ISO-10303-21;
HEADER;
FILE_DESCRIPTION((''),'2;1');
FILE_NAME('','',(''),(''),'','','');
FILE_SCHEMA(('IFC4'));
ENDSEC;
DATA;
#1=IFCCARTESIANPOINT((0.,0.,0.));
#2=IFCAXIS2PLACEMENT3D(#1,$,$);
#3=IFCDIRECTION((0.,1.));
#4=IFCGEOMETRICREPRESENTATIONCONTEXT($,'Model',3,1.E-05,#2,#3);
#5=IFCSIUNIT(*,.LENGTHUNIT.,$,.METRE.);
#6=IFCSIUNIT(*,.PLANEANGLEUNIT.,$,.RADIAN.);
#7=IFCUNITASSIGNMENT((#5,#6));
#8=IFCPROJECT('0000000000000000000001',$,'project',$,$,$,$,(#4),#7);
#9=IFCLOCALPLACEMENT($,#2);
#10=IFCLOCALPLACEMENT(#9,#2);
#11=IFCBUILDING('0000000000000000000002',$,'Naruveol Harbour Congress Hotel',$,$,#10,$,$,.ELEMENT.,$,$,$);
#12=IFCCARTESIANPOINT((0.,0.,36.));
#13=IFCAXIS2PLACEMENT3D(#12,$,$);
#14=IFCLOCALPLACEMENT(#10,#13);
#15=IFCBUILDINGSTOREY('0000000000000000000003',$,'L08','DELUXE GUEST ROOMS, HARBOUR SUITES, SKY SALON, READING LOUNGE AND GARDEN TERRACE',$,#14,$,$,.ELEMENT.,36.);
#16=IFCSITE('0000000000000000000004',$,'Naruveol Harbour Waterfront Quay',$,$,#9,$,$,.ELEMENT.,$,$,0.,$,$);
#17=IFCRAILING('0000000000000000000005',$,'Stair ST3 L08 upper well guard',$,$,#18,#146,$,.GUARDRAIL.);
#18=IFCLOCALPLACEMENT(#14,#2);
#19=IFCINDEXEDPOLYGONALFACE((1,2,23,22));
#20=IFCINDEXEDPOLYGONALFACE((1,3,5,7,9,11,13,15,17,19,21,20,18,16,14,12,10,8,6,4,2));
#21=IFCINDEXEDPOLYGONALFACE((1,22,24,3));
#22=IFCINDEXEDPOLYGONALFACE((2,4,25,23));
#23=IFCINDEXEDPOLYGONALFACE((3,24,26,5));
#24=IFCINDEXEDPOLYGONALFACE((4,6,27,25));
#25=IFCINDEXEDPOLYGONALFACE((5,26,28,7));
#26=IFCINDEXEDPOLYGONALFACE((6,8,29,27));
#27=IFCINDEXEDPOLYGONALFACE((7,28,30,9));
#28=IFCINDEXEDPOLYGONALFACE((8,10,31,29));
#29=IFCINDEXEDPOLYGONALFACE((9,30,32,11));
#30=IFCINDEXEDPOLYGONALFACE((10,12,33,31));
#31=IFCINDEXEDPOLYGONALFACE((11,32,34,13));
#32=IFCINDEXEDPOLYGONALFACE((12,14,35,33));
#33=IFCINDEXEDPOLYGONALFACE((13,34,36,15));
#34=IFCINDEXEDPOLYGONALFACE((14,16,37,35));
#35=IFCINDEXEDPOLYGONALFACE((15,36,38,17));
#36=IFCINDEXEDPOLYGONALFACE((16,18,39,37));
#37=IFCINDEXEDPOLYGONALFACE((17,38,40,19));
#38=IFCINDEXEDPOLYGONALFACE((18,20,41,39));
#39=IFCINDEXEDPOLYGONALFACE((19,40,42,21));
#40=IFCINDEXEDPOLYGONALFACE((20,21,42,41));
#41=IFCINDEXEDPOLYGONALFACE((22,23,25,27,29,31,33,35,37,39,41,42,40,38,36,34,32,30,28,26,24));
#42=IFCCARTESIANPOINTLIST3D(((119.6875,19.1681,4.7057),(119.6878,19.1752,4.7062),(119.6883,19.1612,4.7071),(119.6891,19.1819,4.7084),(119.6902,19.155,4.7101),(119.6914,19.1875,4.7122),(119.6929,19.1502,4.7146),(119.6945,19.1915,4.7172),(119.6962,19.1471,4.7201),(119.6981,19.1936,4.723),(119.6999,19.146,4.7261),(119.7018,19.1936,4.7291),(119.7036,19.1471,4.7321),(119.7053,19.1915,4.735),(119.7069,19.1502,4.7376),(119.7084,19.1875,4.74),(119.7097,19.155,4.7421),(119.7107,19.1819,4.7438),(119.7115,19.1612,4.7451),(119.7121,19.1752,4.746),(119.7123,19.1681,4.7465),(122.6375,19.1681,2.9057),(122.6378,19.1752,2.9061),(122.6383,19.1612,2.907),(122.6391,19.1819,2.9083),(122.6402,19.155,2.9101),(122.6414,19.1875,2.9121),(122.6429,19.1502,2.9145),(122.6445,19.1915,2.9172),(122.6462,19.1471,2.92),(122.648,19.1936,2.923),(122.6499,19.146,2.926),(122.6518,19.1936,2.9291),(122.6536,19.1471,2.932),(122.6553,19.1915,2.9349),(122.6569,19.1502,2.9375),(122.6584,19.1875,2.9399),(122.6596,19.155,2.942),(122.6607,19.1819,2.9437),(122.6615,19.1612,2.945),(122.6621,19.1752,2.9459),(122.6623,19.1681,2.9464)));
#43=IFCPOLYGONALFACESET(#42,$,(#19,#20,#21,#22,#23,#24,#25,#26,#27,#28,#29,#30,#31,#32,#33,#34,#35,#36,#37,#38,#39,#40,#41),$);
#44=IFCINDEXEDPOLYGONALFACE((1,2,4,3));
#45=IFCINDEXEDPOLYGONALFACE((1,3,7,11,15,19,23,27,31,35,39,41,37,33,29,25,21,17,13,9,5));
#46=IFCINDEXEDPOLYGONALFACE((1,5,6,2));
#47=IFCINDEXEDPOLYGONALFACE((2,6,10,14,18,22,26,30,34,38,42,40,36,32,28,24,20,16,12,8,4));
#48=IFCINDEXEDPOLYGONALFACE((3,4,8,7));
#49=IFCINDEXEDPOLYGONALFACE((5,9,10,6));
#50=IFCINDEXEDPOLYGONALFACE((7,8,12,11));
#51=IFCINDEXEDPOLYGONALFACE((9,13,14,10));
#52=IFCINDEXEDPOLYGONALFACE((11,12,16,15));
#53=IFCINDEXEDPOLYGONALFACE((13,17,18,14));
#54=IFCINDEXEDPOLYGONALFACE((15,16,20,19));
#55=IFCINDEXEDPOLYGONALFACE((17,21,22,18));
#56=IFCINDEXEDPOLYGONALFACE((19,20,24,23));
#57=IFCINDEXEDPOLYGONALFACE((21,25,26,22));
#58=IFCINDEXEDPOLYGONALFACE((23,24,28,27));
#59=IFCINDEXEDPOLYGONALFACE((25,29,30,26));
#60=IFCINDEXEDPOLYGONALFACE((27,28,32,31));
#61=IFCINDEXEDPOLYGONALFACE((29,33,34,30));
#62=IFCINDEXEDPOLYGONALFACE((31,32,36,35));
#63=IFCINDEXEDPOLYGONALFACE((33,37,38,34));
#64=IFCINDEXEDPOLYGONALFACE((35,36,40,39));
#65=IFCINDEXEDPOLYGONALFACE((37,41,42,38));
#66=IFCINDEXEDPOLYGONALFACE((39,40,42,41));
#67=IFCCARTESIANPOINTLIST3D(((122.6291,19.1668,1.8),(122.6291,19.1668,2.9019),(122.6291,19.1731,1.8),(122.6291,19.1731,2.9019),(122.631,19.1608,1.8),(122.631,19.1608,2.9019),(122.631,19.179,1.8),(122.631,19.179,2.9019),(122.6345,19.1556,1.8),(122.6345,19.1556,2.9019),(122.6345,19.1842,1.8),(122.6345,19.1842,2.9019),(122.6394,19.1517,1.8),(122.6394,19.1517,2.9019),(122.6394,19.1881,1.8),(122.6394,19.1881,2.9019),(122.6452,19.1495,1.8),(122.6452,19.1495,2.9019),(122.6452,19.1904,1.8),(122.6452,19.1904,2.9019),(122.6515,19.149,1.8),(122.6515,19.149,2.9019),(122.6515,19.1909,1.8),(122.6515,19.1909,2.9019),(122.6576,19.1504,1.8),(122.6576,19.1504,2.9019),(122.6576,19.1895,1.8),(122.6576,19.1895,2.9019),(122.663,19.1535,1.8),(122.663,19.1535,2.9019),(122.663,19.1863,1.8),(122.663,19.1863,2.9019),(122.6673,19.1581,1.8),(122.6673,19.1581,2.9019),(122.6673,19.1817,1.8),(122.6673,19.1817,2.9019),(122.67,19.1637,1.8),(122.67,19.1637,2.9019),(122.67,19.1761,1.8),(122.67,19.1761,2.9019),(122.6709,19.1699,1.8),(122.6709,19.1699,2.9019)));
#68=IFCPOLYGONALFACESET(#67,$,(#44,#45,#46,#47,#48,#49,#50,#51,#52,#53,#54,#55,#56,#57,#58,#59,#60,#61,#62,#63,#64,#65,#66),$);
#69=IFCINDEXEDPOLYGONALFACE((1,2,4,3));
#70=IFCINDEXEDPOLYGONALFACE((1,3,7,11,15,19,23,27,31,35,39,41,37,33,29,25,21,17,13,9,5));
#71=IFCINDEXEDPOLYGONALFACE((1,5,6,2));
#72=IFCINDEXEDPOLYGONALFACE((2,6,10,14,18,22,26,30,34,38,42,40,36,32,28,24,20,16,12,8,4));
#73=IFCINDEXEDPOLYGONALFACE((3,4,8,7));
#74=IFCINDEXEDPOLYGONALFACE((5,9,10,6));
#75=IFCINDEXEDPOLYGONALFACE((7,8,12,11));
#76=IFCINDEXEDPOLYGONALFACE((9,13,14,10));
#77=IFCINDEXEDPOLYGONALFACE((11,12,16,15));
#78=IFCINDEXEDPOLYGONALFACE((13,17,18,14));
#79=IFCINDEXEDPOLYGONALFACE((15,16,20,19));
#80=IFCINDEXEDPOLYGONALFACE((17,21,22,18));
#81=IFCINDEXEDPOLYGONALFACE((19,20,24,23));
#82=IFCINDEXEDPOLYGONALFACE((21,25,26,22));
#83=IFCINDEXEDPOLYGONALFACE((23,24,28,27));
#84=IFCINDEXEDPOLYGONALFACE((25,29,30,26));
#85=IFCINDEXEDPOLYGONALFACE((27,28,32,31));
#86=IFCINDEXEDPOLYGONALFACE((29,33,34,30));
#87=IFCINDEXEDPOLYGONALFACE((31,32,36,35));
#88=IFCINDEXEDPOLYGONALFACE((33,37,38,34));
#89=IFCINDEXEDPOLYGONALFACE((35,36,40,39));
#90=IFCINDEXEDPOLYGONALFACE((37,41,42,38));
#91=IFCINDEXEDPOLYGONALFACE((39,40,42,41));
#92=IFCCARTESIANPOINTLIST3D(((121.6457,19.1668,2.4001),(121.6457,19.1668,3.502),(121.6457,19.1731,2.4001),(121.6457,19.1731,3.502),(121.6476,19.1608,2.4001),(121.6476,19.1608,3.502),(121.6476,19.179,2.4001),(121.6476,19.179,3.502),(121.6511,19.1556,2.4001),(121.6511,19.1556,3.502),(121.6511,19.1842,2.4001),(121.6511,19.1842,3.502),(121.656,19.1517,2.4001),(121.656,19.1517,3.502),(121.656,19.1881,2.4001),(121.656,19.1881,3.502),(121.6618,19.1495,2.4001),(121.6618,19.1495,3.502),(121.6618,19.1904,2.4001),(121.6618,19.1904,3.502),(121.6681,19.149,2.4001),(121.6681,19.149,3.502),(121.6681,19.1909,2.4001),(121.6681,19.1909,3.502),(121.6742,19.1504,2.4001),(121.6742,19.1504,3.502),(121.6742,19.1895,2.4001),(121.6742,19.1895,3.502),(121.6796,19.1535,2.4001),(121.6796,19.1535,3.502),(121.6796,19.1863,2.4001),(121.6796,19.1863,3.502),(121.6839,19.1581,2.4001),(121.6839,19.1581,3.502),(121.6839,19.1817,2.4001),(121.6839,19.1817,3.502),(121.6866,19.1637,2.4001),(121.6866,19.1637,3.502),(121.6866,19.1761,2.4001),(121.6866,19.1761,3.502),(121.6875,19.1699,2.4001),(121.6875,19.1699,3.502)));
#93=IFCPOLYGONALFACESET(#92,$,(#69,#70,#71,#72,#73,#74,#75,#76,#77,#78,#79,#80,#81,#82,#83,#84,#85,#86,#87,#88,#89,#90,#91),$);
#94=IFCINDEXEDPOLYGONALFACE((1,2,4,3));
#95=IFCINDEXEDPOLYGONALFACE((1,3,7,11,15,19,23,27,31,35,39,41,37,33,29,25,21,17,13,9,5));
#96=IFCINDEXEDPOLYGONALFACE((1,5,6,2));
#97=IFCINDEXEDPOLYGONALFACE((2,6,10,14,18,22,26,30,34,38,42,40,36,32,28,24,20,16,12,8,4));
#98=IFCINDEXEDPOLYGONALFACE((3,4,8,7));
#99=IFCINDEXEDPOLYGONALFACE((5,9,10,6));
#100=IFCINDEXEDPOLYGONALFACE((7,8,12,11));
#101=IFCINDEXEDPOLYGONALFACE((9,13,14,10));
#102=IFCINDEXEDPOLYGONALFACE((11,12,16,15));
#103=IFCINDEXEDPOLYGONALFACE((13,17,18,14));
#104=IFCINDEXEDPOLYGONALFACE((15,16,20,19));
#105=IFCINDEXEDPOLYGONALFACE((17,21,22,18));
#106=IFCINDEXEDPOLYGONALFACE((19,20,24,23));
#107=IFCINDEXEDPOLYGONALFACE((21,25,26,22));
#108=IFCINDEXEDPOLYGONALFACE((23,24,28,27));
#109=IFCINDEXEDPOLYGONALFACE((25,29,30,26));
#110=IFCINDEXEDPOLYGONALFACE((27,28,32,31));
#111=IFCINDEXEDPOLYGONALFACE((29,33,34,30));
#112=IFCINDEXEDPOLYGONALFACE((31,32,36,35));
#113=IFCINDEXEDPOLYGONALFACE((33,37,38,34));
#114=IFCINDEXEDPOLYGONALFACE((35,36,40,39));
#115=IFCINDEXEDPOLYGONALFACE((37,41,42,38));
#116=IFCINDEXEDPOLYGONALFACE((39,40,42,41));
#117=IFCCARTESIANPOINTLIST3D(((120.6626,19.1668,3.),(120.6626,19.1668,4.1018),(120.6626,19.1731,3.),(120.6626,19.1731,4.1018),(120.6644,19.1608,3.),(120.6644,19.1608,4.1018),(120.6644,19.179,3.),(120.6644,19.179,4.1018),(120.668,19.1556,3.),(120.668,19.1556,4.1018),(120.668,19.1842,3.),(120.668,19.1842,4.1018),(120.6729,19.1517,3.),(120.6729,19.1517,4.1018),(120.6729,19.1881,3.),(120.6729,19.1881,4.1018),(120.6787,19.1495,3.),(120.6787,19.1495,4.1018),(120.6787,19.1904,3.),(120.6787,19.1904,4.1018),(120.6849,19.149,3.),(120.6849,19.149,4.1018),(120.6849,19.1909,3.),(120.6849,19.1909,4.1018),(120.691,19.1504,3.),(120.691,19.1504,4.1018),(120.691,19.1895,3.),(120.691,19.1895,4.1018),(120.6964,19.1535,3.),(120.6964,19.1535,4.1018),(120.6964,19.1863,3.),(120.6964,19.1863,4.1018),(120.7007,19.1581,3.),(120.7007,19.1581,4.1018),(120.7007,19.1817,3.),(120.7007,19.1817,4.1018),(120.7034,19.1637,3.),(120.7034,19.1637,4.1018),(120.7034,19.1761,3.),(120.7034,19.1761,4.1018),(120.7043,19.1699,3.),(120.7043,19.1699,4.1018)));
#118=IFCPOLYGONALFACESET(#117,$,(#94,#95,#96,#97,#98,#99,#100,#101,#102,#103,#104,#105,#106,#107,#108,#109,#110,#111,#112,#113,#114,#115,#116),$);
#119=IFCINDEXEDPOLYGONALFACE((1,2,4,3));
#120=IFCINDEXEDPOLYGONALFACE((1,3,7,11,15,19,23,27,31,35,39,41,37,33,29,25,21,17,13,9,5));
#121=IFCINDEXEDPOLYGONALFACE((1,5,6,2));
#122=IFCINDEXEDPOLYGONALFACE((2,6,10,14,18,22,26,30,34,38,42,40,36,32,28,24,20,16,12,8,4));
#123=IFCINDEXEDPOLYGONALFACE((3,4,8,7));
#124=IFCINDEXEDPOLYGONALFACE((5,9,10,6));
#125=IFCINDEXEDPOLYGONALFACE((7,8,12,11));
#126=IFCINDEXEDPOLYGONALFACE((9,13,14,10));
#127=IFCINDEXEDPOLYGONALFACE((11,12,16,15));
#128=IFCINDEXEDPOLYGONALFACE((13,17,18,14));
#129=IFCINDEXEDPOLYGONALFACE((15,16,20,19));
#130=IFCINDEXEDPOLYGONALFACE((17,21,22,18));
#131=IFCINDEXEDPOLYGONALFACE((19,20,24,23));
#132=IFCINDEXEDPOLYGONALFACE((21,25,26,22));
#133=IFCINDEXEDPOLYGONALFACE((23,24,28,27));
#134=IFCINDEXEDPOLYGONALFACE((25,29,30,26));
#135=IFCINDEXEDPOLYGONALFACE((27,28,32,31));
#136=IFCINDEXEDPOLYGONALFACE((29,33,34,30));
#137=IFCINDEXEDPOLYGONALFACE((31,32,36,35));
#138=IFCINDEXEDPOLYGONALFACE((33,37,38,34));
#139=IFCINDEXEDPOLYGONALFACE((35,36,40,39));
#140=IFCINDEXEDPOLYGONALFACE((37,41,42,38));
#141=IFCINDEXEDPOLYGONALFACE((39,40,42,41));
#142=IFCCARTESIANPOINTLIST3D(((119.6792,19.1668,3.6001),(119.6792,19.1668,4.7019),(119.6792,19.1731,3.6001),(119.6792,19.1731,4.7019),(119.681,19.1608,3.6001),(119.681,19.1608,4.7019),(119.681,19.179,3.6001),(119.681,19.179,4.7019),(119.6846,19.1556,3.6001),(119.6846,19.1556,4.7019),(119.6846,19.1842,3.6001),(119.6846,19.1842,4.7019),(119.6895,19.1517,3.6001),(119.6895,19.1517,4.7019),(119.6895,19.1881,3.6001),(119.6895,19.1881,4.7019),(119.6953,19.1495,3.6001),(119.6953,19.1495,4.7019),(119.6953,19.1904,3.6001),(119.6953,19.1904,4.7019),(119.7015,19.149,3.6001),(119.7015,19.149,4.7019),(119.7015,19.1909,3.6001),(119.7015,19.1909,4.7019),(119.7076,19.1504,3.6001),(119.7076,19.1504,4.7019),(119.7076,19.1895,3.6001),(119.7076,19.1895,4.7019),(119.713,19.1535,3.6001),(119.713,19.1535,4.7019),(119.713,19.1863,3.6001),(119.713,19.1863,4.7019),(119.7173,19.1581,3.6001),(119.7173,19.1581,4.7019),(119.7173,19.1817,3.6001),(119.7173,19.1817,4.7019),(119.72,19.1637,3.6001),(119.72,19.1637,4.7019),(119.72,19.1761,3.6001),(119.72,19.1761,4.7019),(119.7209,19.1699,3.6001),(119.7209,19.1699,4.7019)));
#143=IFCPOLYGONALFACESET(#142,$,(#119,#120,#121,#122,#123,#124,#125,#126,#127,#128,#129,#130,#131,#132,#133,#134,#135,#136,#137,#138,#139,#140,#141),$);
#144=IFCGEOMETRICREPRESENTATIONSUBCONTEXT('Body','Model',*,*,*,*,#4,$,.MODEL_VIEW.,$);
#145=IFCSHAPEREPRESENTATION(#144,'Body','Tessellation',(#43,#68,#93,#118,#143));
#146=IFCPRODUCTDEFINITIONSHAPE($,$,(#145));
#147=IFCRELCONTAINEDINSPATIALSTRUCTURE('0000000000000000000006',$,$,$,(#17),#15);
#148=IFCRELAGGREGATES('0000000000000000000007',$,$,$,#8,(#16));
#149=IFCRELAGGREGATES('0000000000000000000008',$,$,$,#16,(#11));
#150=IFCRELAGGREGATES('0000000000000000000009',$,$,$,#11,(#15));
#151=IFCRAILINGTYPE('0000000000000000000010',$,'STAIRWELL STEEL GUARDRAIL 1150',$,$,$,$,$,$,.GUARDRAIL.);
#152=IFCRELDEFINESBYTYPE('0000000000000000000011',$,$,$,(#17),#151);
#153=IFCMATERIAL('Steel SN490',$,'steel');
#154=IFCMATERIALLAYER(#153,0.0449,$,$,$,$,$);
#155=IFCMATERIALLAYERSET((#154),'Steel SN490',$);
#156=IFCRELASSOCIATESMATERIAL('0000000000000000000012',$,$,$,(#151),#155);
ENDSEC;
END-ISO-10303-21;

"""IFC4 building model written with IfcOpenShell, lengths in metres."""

from ifc_helpers import new_model, si_unit, direction, frame, origin, origin_2d, place, context, subcontext, project, spatial, circle, extrude, material, layer, layer_set, type_object, element, save


model = new_model("IFC4")

# Units and contexts
model_context = context("Model", 3, precision=1e-05, world=origin(), true_north=direction((0.0, 1.0)))
body_context = subcontext(model_context, "Body", "Model", "MODEL_VIEW")
ifc_project = project(units=[si_unit("LENGTHUNIT", "METRE"), si_unit("PLANEANGLEUNIT", "RADIAN")], contexts=[model_context])

# Site, building, storey
site_placement = place(None, origin())
site = spatial("IfcSite", under=ifc_project, at=site_placement, Name="Naruveol Harbour Waterfront Quay", CompositionType="ELEMENT", RefElevation=0.0)
building_placement = place(site_placement, origin())
building = spatial("IfcBuilding", under=site, at=building_placement, Name="Naruveol Harbour Congress Hotel", CompositionType="ELEMENT")
storey_placement = place(building_placement, frame((0.0, 0.0, 36.0)))
storey = spatial("IfcBuildingStorey", under=building, at=storey_placement, Name="L08", Description="DELUXE GUEST ROOMS, HARBOUR SUITES, SKY SALON, READING LOUNGE AND GARDEN TERRACE", CompositionType="ELEMENT", Elevation=36.0)

# Railing
ifc_material_1 = material(Name="Steel SN490", Category="steel")
ifc_layer_1 = layer(ifc_material_1, 0.0449)
ifc_layer_set_1 = layer_set([ifc_layer_1], Name="Steel SN490")
railing_type_1 = type_object("IfcRailingType", Name="STAIRWELL STEEL GUARDRAIL 1150", PredefinedType="GUARDRAIL", material=ifc_layer_set_1)
railing_1_placement = place(storey_placement, frame((122.6499, 19.1699, 1.8)))
element("IfcRailing", 1, at=railing_1_placement, inside=storey, type_object=railing_type_1, Name="Stair ST3 L08 upper well guard", PredefinedType="GUARDRAIL", context=body_context, shape_type="SweptSolid", body=[
    extrude(circle(Radius=0.0239, at=origin_2d()), frame((0.0, 0.0, 1.126), z_axis=(-0.853629, 0.0, 0.520881), x_axis=(0.0, -1.0, 0.0)), (0.0, 0.0, 1.0), 3.4558),
    extrude(circle(Radius=0.021, at=origin_2d()), origin(), (0.0, 0.0, 1.0), 1.1018),
    extrude(circle(Radius=0.021, at=origin_2d()), frame((-0.9834, 0.0, 0.6001)), (0.0, 0.0, 1.0), 1.1018),
    extrude(circle(Radius=0.021, at=origin_2d()), frame((-1.9666, 0.0, 1.2)), (0.0, 0.0, 1.0), 1.1018),
    extrude(circle(Radius=0.021, at=origin_2d()), frame((-2.95, 0.0, 1.8)), (0.0, 0.0, 1.0), 1.1018),
])

save(model, "model.ifc")
